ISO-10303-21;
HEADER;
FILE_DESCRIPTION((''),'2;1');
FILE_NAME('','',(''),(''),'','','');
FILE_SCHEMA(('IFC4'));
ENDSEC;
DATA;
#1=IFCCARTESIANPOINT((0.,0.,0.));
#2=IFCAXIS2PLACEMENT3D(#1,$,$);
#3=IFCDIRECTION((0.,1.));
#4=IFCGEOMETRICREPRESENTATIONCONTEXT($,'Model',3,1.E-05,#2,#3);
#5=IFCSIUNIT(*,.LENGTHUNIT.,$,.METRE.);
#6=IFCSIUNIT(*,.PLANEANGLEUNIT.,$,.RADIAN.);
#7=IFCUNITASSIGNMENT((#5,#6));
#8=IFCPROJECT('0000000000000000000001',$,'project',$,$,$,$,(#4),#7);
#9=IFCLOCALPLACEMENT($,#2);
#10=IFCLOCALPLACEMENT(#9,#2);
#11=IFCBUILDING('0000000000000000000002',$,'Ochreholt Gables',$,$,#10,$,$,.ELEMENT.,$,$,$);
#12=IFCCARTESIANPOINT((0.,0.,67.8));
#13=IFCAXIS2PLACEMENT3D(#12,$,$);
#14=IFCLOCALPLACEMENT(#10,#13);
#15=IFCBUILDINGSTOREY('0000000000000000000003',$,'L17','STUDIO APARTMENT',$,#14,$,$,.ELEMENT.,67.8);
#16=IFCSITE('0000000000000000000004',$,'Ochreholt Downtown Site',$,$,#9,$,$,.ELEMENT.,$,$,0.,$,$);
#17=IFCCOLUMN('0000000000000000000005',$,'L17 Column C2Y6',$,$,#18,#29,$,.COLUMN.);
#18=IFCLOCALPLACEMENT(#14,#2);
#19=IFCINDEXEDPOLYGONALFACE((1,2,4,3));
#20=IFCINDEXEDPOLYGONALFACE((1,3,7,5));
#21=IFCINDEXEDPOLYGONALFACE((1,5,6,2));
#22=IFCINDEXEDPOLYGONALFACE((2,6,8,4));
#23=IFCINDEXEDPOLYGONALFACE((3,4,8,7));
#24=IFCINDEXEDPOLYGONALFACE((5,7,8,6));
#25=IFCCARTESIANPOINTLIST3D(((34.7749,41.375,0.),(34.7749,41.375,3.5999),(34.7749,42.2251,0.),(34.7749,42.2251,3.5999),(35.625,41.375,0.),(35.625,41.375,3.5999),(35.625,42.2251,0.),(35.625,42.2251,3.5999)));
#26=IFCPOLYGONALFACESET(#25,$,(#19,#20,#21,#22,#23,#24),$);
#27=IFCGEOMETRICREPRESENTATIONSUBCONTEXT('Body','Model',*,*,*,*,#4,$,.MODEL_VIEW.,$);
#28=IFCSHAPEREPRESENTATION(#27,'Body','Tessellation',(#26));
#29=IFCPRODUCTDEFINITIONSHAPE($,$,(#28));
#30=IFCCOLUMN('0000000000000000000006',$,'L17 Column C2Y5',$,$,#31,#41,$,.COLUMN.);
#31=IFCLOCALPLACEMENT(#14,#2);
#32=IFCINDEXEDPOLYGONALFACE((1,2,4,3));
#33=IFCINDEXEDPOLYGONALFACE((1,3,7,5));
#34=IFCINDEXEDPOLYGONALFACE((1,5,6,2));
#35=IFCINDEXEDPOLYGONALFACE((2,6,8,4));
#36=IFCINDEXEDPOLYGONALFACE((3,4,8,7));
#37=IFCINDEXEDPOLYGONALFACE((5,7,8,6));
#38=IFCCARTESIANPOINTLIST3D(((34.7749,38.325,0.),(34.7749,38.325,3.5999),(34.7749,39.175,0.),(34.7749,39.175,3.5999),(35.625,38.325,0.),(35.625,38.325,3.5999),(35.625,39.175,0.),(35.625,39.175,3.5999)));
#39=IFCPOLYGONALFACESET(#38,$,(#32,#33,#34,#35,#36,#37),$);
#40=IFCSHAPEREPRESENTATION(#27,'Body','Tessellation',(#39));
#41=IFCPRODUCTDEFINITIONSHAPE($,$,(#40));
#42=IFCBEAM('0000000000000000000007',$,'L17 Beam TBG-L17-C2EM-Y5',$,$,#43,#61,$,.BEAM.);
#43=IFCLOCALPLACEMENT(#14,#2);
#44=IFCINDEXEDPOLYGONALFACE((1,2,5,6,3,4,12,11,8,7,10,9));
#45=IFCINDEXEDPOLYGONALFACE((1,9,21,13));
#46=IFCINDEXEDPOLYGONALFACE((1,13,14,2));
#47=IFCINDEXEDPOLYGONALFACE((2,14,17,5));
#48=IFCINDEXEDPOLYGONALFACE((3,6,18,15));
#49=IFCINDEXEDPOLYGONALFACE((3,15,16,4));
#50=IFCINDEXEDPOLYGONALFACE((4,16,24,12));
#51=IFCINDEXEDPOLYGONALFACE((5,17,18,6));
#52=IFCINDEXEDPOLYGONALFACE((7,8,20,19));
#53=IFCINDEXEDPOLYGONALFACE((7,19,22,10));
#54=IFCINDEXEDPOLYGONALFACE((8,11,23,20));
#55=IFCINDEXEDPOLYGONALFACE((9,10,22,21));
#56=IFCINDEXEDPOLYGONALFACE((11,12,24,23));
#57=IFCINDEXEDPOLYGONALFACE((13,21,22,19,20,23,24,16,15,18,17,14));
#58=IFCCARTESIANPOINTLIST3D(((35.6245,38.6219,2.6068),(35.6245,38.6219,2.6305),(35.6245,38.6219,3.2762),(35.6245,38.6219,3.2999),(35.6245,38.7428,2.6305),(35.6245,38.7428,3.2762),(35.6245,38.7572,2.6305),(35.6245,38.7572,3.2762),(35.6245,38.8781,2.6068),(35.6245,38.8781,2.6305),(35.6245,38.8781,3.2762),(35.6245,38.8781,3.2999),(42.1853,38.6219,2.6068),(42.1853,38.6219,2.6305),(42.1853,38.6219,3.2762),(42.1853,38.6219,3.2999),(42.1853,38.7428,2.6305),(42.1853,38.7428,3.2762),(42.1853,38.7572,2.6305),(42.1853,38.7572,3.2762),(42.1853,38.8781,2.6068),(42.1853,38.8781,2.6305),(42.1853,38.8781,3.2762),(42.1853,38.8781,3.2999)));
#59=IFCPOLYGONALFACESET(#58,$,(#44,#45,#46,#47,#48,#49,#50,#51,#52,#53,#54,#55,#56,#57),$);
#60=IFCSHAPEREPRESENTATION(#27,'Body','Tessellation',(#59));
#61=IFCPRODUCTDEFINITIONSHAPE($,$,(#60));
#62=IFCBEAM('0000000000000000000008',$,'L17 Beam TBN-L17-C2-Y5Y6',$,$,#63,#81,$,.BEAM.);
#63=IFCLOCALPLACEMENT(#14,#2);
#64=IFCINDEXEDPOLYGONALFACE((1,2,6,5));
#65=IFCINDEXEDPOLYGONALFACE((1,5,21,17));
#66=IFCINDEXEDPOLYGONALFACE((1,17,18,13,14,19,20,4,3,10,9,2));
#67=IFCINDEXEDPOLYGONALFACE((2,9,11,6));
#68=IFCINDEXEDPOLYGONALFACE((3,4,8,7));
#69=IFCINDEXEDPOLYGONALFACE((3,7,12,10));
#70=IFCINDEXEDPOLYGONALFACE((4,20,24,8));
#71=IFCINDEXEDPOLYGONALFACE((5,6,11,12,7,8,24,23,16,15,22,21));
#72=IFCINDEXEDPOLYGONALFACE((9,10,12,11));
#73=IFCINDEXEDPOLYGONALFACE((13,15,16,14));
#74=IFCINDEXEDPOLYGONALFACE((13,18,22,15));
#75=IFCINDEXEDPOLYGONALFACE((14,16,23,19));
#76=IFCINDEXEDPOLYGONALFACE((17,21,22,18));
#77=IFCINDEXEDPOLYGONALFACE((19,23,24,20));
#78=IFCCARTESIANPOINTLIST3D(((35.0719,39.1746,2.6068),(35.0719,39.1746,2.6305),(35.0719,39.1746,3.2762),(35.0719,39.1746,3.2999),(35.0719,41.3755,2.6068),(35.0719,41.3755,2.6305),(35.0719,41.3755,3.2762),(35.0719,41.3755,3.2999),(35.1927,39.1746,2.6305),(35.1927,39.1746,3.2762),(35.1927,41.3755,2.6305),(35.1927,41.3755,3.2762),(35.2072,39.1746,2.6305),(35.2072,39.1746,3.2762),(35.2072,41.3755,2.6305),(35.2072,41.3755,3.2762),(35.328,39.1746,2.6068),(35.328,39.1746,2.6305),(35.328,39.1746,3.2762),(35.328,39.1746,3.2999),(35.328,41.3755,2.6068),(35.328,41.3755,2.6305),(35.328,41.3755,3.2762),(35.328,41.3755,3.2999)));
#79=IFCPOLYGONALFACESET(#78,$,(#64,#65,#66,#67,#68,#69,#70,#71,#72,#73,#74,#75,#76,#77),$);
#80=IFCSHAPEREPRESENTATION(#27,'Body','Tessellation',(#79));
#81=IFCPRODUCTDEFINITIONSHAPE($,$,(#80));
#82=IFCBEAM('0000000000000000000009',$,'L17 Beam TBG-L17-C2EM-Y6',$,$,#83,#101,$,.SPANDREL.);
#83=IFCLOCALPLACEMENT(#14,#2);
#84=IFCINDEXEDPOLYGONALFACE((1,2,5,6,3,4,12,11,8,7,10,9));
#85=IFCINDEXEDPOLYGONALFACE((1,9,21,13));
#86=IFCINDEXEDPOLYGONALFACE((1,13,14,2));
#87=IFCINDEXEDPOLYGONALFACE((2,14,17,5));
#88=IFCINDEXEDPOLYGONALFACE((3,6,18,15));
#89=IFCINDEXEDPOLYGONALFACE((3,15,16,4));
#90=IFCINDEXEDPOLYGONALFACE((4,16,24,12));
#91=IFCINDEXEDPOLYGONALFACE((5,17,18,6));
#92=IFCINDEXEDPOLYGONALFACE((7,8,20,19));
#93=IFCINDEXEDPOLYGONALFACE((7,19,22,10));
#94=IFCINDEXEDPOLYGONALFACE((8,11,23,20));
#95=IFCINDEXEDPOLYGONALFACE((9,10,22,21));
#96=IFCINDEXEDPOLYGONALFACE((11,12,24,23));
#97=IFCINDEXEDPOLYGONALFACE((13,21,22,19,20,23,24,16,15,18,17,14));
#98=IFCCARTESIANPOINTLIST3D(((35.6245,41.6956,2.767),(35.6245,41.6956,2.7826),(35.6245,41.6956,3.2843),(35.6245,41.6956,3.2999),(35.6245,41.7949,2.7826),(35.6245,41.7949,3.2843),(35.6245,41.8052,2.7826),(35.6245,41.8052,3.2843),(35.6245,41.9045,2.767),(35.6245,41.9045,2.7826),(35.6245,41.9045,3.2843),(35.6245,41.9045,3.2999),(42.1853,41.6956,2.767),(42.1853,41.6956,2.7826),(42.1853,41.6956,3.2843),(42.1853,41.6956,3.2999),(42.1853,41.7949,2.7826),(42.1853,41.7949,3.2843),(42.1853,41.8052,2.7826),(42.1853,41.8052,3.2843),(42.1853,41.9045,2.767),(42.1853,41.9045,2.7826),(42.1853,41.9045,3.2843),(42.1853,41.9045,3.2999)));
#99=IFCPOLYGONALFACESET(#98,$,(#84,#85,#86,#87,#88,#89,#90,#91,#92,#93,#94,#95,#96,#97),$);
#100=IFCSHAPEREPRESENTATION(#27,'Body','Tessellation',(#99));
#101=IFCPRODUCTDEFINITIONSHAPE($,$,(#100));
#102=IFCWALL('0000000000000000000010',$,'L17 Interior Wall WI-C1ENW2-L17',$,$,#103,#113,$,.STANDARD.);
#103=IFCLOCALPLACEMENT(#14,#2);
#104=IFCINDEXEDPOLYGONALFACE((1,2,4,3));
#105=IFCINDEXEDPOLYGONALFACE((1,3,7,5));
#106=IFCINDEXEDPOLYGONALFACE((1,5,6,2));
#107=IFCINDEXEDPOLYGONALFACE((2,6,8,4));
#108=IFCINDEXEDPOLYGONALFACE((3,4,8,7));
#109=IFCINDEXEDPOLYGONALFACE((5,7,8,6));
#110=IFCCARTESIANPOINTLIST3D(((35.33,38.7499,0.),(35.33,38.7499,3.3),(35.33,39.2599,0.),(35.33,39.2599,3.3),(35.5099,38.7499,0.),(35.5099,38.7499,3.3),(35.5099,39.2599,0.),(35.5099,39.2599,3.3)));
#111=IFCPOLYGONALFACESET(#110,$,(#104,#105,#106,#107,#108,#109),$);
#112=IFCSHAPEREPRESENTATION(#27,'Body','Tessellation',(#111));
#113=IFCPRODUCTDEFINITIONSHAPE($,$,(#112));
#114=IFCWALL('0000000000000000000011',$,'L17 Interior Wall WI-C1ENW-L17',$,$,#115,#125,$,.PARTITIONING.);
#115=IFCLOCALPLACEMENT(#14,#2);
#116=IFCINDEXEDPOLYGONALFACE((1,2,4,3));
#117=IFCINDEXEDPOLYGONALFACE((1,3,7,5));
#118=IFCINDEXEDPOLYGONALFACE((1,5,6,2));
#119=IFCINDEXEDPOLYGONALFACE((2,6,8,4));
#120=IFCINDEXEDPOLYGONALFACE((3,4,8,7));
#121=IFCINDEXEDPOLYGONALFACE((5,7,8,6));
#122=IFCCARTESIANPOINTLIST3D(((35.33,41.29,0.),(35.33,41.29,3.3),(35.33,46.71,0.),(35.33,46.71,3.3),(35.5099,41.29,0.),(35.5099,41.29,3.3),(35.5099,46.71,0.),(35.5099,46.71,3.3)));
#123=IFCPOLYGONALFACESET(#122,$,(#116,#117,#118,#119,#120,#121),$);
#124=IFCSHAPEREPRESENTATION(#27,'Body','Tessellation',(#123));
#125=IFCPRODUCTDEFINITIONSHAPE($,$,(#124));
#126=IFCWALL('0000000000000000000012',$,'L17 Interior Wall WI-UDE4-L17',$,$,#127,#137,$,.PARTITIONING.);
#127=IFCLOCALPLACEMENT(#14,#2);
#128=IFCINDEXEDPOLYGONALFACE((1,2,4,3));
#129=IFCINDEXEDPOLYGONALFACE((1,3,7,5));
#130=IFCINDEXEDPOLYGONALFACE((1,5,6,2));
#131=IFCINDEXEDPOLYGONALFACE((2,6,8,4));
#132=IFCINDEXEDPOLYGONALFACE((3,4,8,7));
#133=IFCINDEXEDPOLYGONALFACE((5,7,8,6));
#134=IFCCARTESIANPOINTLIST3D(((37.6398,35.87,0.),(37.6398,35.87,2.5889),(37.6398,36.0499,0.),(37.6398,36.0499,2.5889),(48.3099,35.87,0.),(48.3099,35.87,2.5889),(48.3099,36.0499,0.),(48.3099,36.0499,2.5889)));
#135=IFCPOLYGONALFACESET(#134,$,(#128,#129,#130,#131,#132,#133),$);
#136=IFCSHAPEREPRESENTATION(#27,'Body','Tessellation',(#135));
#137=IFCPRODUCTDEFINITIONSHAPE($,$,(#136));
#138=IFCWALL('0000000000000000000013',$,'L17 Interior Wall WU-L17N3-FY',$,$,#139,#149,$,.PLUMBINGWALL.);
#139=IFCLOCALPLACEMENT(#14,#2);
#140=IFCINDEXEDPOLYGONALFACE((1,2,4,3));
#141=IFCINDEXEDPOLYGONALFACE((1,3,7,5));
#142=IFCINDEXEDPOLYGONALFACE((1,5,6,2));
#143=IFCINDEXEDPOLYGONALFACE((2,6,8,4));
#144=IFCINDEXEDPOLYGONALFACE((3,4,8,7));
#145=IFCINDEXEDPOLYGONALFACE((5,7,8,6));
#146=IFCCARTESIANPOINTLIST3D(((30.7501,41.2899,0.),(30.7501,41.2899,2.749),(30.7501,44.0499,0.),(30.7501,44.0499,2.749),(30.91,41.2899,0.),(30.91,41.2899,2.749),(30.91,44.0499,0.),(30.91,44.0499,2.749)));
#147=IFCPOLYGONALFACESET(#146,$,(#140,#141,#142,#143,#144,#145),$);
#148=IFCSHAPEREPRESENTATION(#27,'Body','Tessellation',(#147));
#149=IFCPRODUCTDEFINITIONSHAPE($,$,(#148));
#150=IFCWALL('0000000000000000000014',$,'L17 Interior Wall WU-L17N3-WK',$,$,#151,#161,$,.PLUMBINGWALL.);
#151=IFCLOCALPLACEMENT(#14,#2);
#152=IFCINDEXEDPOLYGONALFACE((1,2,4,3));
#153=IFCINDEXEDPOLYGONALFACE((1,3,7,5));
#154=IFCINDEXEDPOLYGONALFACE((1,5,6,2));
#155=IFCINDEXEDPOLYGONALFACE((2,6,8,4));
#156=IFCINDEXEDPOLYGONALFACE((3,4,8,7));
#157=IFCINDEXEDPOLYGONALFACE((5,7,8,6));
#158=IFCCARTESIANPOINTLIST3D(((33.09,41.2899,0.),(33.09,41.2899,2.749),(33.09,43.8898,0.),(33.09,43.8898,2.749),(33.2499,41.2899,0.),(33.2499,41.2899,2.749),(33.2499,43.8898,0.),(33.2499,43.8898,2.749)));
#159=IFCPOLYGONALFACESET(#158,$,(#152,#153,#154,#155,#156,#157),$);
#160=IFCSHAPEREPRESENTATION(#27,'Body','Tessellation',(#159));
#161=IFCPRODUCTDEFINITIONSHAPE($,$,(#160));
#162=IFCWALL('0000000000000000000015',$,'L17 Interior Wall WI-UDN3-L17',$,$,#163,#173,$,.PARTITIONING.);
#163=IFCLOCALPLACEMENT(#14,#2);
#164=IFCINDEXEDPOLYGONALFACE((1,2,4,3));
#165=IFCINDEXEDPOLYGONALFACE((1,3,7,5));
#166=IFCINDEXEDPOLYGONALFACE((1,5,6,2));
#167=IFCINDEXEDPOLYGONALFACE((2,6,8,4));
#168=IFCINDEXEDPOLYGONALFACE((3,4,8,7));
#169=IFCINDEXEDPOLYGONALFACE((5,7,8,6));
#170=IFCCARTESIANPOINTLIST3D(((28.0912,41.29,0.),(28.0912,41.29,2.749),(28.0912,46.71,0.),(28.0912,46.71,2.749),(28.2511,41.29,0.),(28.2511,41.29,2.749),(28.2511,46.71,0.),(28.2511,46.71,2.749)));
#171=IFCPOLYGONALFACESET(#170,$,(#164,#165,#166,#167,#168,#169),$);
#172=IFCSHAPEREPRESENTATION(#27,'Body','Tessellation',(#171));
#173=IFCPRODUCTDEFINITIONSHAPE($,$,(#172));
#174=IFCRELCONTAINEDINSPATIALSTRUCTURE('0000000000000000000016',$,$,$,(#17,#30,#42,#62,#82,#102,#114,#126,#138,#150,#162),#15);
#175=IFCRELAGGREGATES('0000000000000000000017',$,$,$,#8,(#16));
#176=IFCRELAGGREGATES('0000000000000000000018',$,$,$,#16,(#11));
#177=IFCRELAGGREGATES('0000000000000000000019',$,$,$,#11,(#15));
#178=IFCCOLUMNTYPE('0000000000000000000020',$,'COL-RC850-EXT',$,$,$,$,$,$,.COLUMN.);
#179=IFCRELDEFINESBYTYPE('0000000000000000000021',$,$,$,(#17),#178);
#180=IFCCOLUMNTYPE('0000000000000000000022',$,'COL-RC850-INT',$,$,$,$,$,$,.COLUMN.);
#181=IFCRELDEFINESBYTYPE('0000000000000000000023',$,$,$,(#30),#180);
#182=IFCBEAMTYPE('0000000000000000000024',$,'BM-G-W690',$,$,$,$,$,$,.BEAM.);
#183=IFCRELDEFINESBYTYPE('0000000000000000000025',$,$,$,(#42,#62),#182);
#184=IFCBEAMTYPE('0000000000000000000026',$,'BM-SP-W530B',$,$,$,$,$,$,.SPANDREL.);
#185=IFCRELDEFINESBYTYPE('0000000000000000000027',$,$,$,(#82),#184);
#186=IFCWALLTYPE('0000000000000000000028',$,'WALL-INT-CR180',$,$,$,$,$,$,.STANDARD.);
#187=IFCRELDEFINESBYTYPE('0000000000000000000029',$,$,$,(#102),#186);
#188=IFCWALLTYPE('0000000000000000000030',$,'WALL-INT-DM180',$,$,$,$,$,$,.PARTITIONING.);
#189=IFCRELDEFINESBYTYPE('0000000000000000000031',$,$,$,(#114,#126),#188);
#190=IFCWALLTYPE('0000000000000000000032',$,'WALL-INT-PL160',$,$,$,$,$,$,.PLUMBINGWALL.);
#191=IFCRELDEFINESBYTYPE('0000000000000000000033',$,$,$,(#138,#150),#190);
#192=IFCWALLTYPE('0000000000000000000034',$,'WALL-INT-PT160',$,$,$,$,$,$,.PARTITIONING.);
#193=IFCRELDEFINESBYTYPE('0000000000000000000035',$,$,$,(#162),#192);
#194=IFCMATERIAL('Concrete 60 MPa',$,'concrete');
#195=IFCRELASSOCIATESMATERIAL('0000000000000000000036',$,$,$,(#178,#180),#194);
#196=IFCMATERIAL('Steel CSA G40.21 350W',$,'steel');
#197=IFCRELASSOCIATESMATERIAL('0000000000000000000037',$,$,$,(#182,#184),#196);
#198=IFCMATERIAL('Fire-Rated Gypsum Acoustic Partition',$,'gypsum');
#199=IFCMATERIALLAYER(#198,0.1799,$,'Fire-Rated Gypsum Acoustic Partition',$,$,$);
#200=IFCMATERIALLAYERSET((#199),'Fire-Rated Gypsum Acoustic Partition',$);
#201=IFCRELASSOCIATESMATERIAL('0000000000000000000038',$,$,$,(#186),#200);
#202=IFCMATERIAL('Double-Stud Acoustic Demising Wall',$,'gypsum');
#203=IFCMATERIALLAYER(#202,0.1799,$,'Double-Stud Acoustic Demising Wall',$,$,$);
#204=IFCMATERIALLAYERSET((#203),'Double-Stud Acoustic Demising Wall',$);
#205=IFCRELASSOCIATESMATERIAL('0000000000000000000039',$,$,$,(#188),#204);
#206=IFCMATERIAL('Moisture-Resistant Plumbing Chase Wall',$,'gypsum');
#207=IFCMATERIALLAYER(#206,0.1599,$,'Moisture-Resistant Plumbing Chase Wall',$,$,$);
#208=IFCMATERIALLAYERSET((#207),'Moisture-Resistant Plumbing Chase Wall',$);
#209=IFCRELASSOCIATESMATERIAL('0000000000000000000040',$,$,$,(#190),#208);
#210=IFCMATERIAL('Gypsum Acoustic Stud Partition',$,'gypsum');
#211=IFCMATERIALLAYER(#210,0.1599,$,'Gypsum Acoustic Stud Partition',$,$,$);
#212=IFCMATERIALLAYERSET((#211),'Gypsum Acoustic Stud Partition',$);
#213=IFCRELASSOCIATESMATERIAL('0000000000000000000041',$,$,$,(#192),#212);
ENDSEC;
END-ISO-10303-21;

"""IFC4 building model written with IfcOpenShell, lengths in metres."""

from ifc_helpers import new_model, si_unit, direction, frame, frame_2d, origin, origin_2d, place, context, subcontext, project, spatial, rectangle, i_section, extrude, material, layer, layer_set, material_profile, profile_set, type_object, element, save


model = new_model("IFC4")

# Units and contexts
model_context = context("Model", 3, precision=1e-05, world=origin(), true_north=direction((0.0, 1.0)))
body_context = subcontext(model_context, "Body", "Model", "MODEL_VIEW")
ifc_project = project(units=[si_unit("LENGTHUNIT", "METRE"), si_unit("PLANEANGLEUNIT", "RADIAN")], contexts=[model_context])

# Site, building, storey
site_placement = place(None, origin())
site = spatial("IfcSite", under=ifc_project, at=site_placement, Name="Ochreholt Downtown Site", CompositionType="ELEMENT", RefElevation=0.0)
building_placement = place(site_placement, origin())
building = spatial("IfcBuilding", under=site, at=building_placement, Name="Ochreholt Gables", CompositionType="ELEMENT")
storey_placement = place(building_placement, frame((0.0, 0.0, 67.8)))
storey = spatial("IfcBuildingStorey", under=building, at=storey_placement, Name="L17", Description="STUDIO APARTMENT", CompositionType="ELEMENT", Elevation=67.8)

# Columns
ifc_material_1 = material(Name="Concrete 60 MPa", Category="concrete")
ifc_material_profile_1 = material_profile(ifc_material_1, rectangle(XDim=0.8501, YDim=0.8501, at=origin_2d()), Name="RC850X850")
ifc_profile_set_1 = profile_set([ifc_material_profile_1], Name="Concrete 60 MPa")
column_type_1 = type_object("IfcColumnType", Name="COL-RC850-EXT", PredefinedType="COLUMN", material=ifc_profile_set_1)
column_1_placement = place(storey_placement, frame((35.2, 41.8, 0.0), z_axis=(0.0, 0.0, 1.0), x_axis=(1.0, 0.0, 0.0)))
element("IfcColumn", 1, at=column_1_placement, inside=storey, type_object=column_type_1, Name="L17 Column C2Y6", PredefinedType="COLUMN", context=body_context, shape_type="SweptSolid", body=[
    extrude(rectangle(XDim=0.8501, YDim=0.8501, at=origin_2d()), origin(), (0.0, 0.0, 1.0), 3.5999),
])
ifc_material_profile_2 = material_profile(ifc_material_1, rectangle(XDim=0.8501, YDim=0.8501, at=origin_2d()), Name="RC850X850")
ifc_profile_set_2 = profile_set([ifc_material_profile_2], Name="Concrete 60 MPa")
column_type_2 = type_object("IfcColumnType", Name="COL-RC850-INT", PredefinedType="COLUMN", material=ifc_profile_set_2)
column_2_placement = place(storey_placement, frame((35.2, 38.75, 0.0), z_axis=(0.0, 0.0, 1.0), x_axis=(1.0, 0.0, 0.0)))
element("IfcColumn", 2, at=column_2_placement, inside=storey, type_object=column_type_2, Name="L17 Column C2Y5", PredefinedType="COLUMN", context=body_context, shape_type="SweptSolid", body=[
    extrude(rectangle(XDim=0.8501, YDim=0.8501, at=origin_2d()), origin(), (0.0, 0.0, 1.0), 3.5999),
])

# Beams
ifc_material_2 = material(Name="Steel CSA G40.21 350W", Category="steel")
ifc_material_profile_3 = material_profile(ifc_material_2, i_section(OverallWidth=0.2561, OverallDepth=0.6931, WebThickness=0.0144, FlangeThickness=0.0237, at=origin_2d()), Name="W690X170")
ifc_profile_set_3 = profile_set([ifc_material_profile_3], Name="Steel CSA G40.21 350W")
beam_type_1 = type_object("IfcBeamType", Name="BM-G-W690", PredefinedType="BEAM", material=ifc_profile_set_3)
beam_1_placement = place(storey_placement, frame((35.6245, 38.75, 2.9534), z_axis=(1.0, 0.0, 0.0), x_axis=(0.0, 1.0, 0.0)))
element("IfcBeam", 3, at=beam_1_placement, inside=storey, type_object=beam_type_1, Name="L17 Beam TBG-L17-C2EM-Y5", PredefinedType="BEAM", context=body_context, shape_type="SweptSolid", body=[
    extrude(i_section(OverallWidth=0.2561, OverallDepth=0.6931, WebThickness=0.0144, FlangeThickness=0.0237, at=origin_2d()), origin(), (0.0, 0.0, 1.0), 6.5608),
])
beam_2_placement = place(storey_placement, frame((35.2, 39.1746, 2.9534), z_axis=(0.0, 1.0, 0.0), x_axis=(-1.0, 0.0, 0.0)))
element("IfcBeam", 4, at=beam_2_placement, inside=storey, type_object=beam_type_1, Name="L17 Beam TBN-L17-C2-Y5Y6", PredefinedType="BEAM", context=body_context, shape_type="SweptSolid", body=[
    extrude(i_section(OverallWidth=0.2561, OverallDepth=0.6931, WebThickness=0.0144, FlangeThickness=0.0237, at=origin_2d()), origin(), (0.0, 0.0, 1.0), 2.2009),
])
ifc_material_profile_4 = material_profile(ifc_material_2, i_section(OverallWidth=0.209, OverallDepth=0.533, WebThickness=0.0103, FlangeThickness=0.0156, at=origin_2d()), Name="W530X92")
ifc_profile_set_4 = profile_set([ifc_material_profile_4], Name="Steel CSA G40.21 350W")
beam_type_2 = type_object("IfcBeamType", Name="BM-SP-W530B", PredefinedType="SPANDREL", material=ifc_profile_set_4)
beam_3_placement = place(storey_placement, frame((35.6245, 41.8, 3.0334), z_axis=(1.0, 0.0, 0.0), x_axis=(0.0, 1.0, 0.0)))
element("IfcBeam", 5, at=beam_3_placement, inside=storey, type_object=beam_type_2, Name="L17 Beam TBG-L17-C2EM-Y6", PredefinedType="SPANDREL", context=body_context, shape_type="SweptSolid", body=[
    extrude(i_section(OverallWidth=0.209, OverallDepth=0.533, WebThickness=0.0103, FlangeThickness=0.0156, at=origin_2d()), origin(), (0.0, 0.0, 1.0), 6.5608),
])

# Walls
ifc_material_3 = material(Name="Fire-Rated Gypsum Acoustic Partition", Category="gypsum")
ifc_layer_1 = layer(ifc_material_3, 0.1799, Name="Fire-Rated Gypsum Acoustic Partition")
ifc_layer_set_1 = layer_set([ifc_layer_1], Name="Fire-Rated Gypsum Acoustic Partition")
wall_type_1 = type_object("IfcWallType", Name="WALL-INT-CR180", PredefinedType="STANDARD", material=ifc_layer_set_1)
wall_1_placement = place(storey_placement, frame((35.4199, 38.75, 0.0), z_axis=(0.0, 0.0, 1.0), x_axis=(0.0, 1.0, 0.0)))
element("IfcWall", 6, at=wall_1_placement, inside=storey, type_object=wall_type_1, Name="L17 Interior Wall WI-C1ENW2-L17", PredefinedType="STANDARD", context=body_context, shape_type="SweptSolid", body=[
    extrude(rectangle(XDim=0.51, YDim=0.1799, at=frame_2d((0.2549, 0.0))), origin(), (0.0, 0.0, 1.0), 3.3),
])
ifc_material_4 = material(Name="Double-Stud Acoustic Demising Wall", Category="gypsum")
ifc_layer_2 = layer(ifc_material_4, 0.1799, Name="Double-Stud Acoustic Demising Wall")
ifc_layer_set_2 = layer_set([ifc_layer_2], Name="Double-Stud Acoustic Demising Wall")
wall_type_2 = type_object("IfcWallType", Name="WALL-INT-DM180", PredefinedType="PARTITIONING", material=ifc_layer_set_2)
wall_2_placement = place(storey_placement, frame((35.4199, 41.29, 0.0), z_axis=(0.0, 0.0, 1.0), x_axis=(0.0, 1.0, 0.0)))
element("IfcWall", 7, at=wall_2_placement, inside=storey, type_object=wall_type_2, Name="L17 Interior Wall WI-C1ENW-L17", PredefinedType="PARTITIONING", context=body_context, shape_type="SweptSolid", body=[
    extrude(rectangle(XDim=5.4199, YDim=0.1799, at=frame_2d((2.71, 0.0))), origin(), (0.0, 0.0, 1.0), 3.3),
])
wall_3_placement = place(storey_placement, frame((37.6399, 35.96, 0.0), z_axis=(0.0, 0.0, 1.0), x_axis=(1.0, 0.0, 0.0)))
element("IfcWall", 8, at=wall_3_placement, inside=storey, type_object=wall_type_2, Name="L17 Interior Wall WI-UDE4-L17", PredefinedType="PARTITIONING", context=body_context, shape_type="SweptSolid", body=[
    extrude(rectangle(XDim=10.6702, YDim=0.1799, at=frame_2d((5.335, 0.0))), origin(), (0.0, 0.0, 1.0), 2.5889),
])

# Shared definitions
ifc_material_5 = material(Name="Moisture-Resistant Plumbing Chase Wall", Category="gypsum")
ifc_layer_3 = layer(ifc_material_5, 0.1599, Name="Moisture-Resistant Plumbing Chase Wall")
ifc_layer_set_3 = layer_set([ifc_layer_3], Name="Moisture-Resistant Plumbing Chase Wall")
wall_type_3 = type_object("IfcWallType", Name="WALL-INT-PL160", PredefinedType="PLUMBINGWALL", material=ifc_layer_set_3)

# Walls
wall_4_placement = place(storey_placement, frame((30.8301, 41.29, 0.0), z_axis=(0.0, 0.0, 1.0), x_axis=(0.0, 1.0, 0.0)))
element("IfcWall", 9, at=wall_4_placement, inside=storey, type_object=wall_type_3, Name="L17 Interior Wall WU-L17N3-FY", PredefinedType="PLUMBINGWALL", context=body_context, shape_type="SweptSolid", body=[
    extrude(rectangle(XDim=2.76, YDim=0.1599, at=frame_2d((1.3799, 0.0))), origin(), (0.0, 0.0, 1.0), 2.749),
])
wall_5_placement = place(storey_placement, frame((33.1699, 41.29, 0.0), z_axis=(0.0, 0.0, 1.0), x_axis=(0.0, 1.0, 0.0)))
element("IfcWall", 10, at=wall_5_placement, inside=storey, type_object=wall_type_3, Name="L17 Interior Wall WU-L17N3-WK", PredefinedType="PLUMBINGWALL", context=body_context, shape_type="SweptSolid", body=[
    extrude(rectangle(XDim=2.5999, YDim=0.1599, at=frame_2d((1.2998, 0.0))), origin(), (0.0, 0.0, 1.0), 2.749),
])
ifc_material_6 = material(Name="Gypsum Acoustic Stud Partition", Category="gypsum")
ifc_layer_4 = layer(ifc_material_6, 0.1599, Name="Gypsum Acoustic Stud Partition")
ifc_layer_set_4 = layer_set([ifc_layer_4], Name="Gypsum Acoustic Stud Partition")
wall_type_4 = type_object("IfcWallType", Name="WALL-INT-PT160", PredefinedType="PARTITIONING", material=ifc_layer_set_4)
wall_6_placement = place(storey_placement, frame((28.1711, 41.29, 0.0), z_axis=(0.0, 0.0, 1.0), x_axis=(0.0, 1.0, 0.0)))
element("IfcWall", 11, at=wall_6_placement, inside=storey, type_object=wall_type_4, Name="L17 Interior Wall WI-UDN3-L17", PredefinedType="PARTITIONING", context=body_context, shape_type="SweptSolid", body=[
    extrude(rectangle(XDim=5.4199, YDim=0.1599, at=frame_2d((2.71, 0.0))), origin(), (0.0, 0.0, 1.0), 2.749),
])

save(model, "model.ifc")
